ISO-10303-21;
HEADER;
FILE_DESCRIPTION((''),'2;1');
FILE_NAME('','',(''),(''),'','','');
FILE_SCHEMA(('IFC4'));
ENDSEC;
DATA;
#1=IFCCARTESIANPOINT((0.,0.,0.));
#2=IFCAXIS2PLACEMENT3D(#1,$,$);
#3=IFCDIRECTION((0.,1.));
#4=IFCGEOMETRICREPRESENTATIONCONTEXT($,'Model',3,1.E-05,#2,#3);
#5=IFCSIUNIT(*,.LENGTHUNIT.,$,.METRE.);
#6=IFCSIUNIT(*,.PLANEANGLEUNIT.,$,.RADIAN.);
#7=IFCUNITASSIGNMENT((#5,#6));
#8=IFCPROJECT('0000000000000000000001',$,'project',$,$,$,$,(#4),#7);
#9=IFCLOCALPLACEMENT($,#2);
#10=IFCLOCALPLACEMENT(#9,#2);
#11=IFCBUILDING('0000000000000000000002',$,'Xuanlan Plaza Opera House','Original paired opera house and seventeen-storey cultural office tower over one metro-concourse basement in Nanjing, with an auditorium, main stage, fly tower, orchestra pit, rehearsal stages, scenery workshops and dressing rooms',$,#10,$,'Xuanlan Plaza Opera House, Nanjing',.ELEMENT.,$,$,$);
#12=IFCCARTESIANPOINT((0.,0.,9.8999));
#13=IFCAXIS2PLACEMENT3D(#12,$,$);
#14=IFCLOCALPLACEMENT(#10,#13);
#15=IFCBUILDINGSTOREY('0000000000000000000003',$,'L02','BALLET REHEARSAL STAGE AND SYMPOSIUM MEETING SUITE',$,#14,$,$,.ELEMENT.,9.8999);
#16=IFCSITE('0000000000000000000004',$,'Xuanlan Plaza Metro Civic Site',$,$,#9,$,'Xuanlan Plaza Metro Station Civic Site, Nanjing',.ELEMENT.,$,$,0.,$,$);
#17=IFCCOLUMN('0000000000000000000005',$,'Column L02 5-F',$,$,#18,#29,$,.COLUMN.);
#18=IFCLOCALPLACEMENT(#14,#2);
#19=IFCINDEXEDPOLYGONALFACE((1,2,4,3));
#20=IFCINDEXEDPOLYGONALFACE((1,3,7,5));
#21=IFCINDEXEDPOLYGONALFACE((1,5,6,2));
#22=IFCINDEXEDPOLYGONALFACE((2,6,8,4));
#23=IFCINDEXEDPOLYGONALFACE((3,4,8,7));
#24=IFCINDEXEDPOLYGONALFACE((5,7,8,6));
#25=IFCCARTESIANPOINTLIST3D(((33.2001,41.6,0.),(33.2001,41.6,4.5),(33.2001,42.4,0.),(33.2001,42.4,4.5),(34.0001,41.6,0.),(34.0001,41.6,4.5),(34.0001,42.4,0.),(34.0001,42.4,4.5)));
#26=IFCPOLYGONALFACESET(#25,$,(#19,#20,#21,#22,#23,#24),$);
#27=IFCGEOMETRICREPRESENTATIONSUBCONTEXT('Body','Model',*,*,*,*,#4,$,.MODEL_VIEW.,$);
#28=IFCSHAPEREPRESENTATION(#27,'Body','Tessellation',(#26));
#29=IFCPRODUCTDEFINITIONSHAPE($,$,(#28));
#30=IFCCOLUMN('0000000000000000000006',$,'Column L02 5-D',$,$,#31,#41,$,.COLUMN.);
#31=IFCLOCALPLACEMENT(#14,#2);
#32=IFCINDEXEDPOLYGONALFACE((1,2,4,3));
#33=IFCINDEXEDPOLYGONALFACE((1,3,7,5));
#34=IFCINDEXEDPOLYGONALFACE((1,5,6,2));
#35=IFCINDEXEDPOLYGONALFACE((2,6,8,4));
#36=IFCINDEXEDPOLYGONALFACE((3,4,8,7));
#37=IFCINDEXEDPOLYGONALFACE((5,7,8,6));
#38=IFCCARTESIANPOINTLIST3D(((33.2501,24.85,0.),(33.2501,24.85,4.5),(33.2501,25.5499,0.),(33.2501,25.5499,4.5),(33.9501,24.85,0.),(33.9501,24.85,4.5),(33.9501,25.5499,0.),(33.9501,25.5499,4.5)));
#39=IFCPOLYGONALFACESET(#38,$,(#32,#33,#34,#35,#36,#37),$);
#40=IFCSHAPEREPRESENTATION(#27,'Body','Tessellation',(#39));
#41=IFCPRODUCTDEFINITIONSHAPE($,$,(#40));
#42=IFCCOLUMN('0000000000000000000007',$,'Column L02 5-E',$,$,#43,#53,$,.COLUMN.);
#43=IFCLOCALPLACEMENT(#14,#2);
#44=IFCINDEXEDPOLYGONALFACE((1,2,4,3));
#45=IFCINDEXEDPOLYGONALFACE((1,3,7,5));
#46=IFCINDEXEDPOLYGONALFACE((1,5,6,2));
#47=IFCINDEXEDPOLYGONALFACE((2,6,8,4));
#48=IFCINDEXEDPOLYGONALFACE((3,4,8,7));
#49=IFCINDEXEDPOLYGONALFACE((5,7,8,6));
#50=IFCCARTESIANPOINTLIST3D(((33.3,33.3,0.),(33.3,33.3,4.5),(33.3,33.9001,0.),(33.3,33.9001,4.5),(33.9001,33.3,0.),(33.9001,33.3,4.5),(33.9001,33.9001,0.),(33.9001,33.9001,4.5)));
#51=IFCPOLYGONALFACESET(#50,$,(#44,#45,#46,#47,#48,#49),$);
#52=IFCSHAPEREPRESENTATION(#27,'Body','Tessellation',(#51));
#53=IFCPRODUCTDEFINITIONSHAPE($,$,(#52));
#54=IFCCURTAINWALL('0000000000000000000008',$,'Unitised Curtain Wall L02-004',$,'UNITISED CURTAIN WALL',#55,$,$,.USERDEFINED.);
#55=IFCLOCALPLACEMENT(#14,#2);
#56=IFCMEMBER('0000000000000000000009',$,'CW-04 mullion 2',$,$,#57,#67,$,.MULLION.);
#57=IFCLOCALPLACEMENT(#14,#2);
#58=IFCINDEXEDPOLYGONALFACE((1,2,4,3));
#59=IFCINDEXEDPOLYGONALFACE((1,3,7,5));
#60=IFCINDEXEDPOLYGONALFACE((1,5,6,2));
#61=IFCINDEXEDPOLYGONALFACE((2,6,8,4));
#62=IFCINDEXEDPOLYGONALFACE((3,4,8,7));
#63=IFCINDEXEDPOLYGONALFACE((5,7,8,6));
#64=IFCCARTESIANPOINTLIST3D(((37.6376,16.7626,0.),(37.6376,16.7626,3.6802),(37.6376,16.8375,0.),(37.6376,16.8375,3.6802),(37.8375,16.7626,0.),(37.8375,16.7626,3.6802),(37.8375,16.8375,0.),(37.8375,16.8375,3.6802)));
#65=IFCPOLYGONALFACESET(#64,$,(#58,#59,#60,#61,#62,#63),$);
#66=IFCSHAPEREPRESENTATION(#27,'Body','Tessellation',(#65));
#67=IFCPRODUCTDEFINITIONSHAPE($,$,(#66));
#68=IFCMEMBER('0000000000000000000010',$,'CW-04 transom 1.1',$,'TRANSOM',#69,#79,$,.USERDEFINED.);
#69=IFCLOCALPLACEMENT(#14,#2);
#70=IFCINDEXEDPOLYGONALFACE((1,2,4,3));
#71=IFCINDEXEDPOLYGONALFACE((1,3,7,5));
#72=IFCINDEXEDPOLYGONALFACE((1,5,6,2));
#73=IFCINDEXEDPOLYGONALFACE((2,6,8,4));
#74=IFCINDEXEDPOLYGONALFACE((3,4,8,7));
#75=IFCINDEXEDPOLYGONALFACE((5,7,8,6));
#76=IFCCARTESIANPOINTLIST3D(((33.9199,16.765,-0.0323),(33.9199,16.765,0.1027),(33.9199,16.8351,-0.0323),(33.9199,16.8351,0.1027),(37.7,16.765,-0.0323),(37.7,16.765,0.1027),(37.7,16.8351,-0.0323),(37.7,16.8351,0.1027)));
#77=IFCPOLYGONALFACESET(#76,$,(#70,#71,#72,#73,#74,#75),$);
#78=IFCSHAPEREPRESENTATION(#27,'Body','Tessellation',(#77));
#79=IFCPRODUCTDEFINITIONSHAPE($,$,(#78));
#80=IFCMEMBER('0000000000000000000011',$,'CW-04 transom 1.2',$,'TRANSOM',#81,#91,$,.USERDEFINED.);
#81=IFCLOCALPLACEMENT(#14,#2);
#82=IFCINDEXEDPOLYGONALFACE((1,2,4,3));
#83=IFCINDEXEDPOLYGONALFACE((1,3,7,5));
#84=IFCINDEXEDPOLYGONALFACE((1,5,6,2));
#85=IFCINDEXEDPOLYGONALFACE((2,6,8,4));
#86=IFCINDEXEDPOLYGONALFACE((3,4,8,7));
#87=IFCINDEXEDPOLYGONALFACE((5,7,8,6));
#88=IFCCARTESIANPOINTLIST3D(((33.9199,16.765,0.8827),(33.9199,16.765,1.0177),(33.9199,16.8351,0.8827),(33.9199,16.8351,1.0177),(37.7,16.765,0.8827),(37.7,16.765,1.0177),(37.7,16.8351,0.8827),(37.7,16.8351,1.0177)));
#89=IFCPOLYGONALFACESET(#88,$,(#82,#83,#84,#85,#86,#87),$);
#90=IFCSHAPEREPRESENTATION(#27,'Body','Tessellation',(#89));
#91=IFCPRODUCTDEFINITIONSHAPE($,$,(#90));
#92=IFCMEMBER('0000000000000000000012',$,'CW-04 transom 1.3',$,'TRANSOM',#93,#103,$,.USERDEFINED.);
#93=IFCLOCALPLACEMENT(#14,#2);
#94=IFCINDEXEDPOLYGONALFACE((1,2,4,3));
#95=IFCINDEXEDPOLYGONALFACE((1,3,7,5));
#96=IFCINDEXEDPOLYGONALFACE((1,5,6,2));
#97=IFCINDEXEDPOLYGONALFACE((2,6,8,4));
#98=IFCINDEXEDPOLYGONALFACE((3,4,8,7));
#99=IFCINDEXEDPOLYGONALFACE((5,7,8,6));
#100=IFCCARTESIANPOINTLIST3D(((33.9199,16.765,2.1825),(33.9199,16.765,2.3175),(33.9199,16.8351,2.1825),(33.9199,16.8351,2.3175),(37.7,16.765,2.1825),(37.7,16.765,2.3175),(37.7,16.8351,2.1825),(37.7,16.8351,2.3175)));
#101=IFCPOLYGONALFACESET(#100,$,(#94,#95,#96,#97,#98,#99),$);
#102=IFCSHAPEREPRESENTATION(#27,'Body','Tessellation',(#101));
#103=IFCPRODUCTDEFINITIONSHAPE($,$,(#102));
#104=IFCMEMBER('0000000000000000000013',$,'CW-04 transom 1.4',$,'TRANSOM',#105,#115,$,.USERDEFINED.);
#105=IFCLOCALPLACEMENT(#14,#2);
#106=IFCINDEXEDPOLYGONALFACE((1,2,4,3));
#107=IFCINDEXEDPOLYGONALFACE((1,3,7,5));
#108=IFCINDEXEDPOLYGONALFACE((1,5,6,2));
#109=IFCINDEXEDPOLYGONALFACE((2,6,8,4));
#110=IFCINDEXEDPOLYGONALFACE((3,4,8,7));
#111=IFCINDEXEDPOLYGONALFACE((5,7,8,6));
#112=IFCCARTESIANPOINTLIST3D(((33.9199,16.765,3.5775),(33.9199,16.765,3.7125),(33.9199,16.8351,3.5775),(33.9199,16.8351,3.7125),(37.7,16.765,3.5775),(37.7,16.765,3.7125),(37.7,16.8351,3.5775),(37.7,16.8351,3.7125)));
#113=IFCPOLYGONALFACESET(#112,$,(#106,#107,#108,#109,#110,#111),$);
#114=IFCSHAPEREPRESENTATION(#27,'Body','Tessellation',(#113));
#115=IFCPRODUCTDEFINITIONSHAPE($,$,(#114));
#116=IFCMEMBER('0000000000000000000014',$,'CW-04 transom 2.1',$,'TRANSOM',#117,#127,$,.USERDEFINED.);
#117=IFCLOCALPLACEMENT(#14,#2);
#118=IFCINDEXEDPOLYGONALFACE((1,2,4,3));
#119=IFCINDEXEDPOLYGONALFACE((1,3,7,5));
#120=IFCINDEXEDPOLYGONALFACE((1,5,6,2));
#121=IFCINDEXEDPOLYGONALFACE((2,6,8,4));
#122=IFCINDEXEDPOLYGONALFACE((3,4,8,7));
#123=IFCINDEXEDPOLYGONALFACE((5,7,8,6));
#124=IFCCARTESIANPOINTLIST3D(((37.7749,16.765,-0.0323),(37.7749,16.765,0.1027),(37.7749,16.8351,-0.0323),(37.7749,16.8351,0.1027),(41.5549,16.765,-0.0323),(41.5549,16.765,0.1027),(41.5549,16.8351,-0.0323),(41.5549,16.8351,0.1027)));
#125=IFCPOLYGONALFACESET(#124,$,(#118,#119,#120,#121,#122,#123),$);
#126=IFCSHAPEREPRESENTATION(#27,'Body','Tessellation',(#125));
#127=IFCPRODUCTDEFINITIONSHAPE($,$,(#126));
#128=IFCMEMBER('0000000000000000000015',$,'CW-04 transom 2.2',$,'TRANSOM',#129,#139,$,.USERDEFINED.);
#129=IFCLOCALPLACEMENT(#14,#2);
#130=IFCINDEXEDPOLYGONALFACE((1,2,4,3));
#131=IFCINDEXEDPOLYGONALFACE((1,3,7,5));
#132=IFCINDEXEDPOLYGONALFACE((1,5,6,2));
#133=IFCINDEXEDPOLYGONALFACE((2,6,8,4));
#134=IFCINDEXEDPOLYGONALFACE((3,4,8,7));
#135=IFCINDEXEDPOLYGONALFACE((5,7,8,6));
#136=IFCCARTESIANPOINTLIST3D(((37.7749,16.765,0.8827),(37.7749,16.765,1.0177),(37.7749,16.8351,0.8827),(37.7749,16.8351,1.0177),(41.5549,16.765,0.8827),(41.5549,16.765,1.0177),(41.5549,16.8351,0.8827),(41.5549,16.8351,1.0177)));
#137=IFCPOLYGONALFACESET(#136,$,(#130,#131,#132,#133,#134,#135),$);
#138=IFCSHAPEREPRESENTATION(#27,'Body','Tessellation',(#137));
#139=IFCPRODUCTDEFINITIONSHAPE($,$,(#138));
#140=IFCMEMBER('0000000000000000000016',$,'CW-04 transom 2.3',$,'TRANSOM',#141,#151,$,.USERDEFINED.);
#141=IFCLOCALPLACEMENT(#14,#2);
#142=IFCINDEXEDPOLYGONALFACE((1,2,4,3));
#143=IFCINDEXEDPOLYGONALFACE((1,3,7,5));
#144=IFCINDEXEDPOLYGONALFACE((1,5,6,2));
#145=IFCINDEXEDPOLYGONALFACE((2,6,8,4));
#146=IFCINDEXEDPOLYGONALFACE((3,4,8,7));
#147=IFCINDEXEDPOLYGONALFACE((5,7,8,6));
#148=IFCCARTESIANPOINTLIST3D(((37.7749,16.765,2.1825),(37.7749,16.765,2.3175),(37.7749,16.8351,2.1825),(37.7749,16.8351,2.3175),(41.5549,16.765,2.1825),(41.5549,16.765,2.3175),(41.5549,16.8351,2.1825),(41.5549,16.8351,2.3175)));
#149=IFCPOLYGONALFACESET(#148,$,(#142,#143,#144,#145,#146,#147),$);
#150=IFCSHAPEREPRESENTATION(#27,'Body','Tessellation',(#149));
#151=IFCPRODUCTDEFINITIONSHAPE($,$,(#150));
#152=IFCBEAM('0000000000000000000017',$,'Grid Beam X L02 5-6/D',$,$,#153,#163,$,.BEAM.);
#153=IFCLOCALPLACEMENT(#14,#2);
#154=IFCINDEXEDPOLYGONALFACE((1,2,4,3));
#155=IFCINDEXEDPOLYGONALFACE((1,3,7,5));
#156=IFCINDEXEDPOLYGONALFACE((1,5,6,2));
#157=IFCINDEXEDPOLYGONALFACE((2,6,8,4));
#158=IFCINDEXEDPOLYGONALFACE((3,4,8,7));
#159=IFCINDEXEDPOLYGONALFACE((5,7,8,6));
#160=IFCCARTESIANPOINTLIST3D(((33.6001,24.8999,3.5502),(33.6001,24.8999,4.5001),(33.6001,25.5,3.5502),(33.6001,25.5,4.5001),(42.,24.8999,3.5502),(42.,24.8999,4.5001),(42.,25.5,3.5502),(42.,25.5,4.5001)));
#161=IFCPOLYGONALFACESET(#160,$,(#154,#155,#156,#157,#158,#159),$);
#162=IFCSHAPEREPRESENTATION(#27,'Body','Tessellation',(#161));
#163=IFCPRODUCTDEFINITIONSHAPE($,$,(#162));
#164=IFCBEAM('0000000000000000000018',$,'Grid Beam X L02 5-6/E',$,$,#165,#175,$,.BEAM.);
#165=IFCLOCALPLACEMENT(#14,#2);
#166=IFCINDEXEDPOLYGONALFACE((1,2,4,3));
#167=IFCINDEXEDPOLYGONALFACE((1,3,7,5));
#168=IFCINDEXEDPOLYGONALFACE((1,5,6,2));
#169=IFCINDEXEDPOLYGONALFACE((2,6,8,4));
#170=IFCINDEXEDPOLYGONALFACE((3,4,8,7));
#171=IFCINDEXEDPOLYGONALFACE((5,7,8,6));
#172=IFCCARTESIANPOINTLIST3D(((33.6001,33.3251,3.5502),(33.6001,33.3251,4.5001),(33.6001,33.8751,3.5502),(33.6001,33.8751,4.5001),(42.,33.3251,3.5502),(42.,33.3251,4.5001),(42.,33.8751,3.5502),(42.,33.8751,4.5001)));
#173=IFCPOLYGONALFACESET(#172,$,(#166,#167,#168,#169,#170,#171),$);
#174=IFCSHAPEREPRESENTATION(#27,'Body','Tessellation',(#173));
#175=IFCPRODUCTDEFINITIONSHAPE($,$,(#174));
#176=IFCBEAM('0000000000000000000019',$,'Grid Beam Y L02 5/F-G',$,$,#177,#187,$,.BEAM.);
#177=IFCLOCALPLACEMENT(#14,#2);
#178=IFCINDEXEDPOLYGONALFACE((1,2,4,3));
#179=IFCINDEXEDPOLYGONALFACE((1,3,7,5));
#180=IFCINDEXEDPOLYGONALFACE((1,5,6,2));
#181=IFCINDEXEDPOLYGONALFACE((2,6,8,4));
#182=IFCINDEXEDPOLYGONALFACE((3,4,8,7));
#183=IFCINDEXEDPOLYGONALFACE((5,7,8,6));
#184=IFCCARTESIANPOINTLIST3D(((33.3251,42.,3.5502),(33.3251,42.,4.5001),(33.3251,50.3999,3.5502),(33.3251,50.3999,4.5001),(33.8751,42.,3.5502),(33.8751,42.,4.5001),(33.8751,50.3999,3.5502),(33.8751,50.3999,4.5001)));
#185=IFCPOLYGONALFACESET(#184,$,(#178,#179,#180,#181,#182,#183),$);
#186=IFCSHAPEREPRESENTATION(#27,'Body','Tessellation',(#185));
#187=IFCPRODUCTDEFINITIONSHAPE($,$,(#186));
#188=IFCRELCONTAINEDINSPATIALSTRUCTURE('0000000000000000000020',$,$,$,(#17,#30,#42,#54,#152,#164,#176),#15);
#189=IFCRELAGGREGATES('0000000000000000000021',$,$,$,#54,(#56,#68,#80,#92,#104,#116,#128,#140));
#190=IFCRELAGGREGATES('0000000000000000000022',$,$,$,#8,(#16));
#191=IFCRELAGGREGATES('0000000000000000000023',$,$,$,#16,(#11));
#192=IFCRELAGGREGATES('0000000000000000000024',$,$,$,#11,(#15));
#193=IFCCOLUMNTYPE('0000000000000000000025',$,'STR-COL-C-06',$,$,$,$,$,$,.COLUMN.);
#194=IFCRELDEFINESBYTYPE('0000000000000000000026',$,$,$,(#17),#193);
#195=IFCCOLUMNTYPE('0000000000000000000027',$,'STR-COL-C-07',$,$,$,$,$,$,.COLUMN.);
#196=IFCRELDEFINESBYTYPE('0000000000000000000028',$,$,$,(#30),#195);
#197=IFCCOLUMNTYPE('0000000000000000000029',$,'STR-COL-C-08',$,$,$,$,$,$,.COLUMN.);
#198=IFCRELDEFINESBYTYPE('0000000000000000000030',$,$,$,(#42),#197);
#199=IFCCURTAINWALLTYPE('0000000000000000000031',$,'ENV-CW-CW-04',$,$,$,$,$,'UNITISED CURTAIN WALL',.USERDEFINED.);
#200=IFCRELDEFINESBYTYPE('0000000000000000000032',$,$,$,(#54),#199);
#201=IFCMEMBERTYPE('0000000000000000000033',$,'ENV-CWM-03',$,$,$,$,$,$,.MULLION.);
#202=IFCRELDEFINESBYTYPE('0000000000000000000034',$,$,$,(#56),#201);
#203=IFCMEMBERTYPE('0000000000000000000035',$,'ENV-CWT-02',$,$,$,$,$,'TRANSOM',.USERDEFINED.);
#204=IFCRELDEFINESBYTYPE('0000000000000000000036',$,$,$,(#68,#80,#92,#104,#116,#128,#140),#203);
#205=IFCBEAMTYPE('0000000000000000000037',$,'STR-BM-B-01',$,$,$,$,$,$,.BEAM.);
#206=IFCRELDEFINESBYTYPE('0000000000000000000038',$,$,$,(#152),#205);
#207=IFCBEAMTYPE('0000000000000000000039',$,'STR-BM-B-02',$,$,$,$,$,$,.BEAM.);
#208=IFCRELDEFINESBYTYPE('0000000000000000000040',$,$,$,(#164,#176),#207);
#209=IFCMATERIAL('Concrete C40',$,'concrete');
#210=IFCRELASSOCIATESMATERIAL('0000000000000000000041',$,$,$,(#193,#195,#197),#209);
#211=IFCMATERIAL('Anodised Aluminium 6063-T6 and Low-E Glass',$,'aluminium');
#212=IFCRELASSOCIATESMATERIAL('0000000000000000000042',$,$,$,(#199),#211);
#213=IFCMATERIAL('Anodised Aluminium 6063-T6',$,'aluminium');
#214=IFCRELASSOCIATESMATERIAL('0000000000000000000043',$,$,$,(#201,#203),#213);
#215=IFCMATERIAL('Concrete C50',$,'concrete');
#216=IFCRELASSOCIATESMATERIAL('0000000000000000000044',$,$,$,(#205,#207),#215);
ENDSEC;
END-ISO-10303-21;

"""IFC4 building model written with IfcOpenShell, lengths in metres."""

from ifc_helpers import new_model, si_unit, direction, frame, origin, origin_2d, place, context, subcontext, project, spatial, rectangle, extrude, material, material_profile, profile_set, type_object, element, aggregate, save


model = new_model("IFC4")

# Units and contexts
model_context = context("Model", 3, precision=1e-05, world=origin(), true_north=direction((0.0, 1.0)))
body_context = subcontext(model_context, "Body", "Model", "MODEL_VIEW")
ifc_project = project(units=[si_unit("LENGTHUNIT", "METRE"), si_unit("PLANEANGLEUNIT", "RADIAN")], contexts=[model_context])

# Site, building, storey
site_placement = place(None, origin())
site = spatial("IfcSite", under=ifc_project, at=site_placement, Name="Xuanlan Plaza Metro Civic Site", LongName="Xuanlan Plaza Metro Station Civic Site, Nanjing", CompositionType="ELEMENT", RefElevation=0.0)
building_placement = place(site_placement, origin())
building = spatial("IfcBuilding", under=site, at=building_placement, Name="Xuanlan Plaza Opera House", Description="Original paired opera house and seventeen-storey cultural office tower over one metro-concourse basement in Nanjing, with an auditorium, main stage, fly tower, orchestra pit, rehearsal stages, scenery workshops and dressing rooms", LongName="Xuanlan Plaza Opera House, Nanjing", CompositionType="ELEMENT")
storey_placement = place(building_placement, frame((0.0, 0.0, 9.8999)))
storey = spatial("IfcBuildingStorey", under=building, at=storey_placement, Name="L02", Description="BALLET REHEARSAL STAGE AND SYMPOSIUM MEETING SUITE", CompositionType="ELEMENT", Elevation=9.8999)

# Columns
ifc_material_1 = material(Name="Concrete C40", Category="concrete")
ifc_material_profile_1 = material_profile(ifc_material_1, rectangle(XDim=0.8, YDim=0.8, at=origin_2d()), Name="RC-COL 800x800")
ifc_profile_set_1 = profile_set([ifc_material_profile_1], Name="Concrete C40")
column_type_1 = type_object("IfcColumnType", Name="STR-COL-C-06", PredefinedType="COLUMN", material=ifc_profile_set_1)
column_1_placement = place(storey_placement, frame((33.6001, 42.0, 0.0), z_axis=(0.0, 0.0, 1.0), x_axis=(1.0, 0.0, 0.0)))
element("IfcColumn", 1, at=column_1_placement, inside=storey, type_object=column_type_1, Name="Column L02 5-F", PredefinedType="COLUMN", context=body_context, shape_type="SweptSolid", body=[
    extrude(rectangle(XDim=0.8, YDim=0.8, at=origin_2d()), origin(), (0.0, 0.0, 1.0), 4.5),
])
ifc_material_profile_2 = material_profile(ifc_material_1, rectangle(XDim=0.7, YDim=0.7, at=origin_2d()), Name="RC-COL 700x700")
ifc_profile_set_2 = profile_set([ifc_material_profile_2], Name="Concrete C40")
column_type_2 = type_object("IfcColumnType", Name="STR-COL-C-07", PredefinedType="COLUMN", material=ifc_profile_set_2)
column_2_placement = place(storey_placement, frame((33.6001, 25.2, 0.0), z_axis=(0.0, 0.0, 1.0), x_axis=(1.0, 0.0, 0.0)))
element("IfcColumn", 2, at=column_2_placement, inside=storey, type_object=column_type_2, Name="Column L02 5-D", PredefinedType="COLUMN", context=body_context, shape_type="SweptSolid", body=[
    extrude(rectangle(XDim=0.7, YDim=0.7, at=origin_2d()), origin(), (0.0, 0.0, 1.0), 4.5),
])
ifc_material_profile_3 = material_profile(ifc_material_1, rectangle(XDim=0.6001, YDim=0.6001, at=origin_2d()), Name="RC-COL 600x600")
ifc_profile_set_3 = profile_set([ifc_material_profile_3], Name="Concrete C40")
column_type_3 = type_object("IfcColumnType", Name="STR-COL-C-08", PredefinedType="COLUMN", material=ifc_profile_set_3)
column_3_placement = place(storey_placement, frame((33.6001, 33.6001, 0.0), z_axis=(0.0, 0.0, 1.0), x_axis=(1.0, 0.0, 0.0)))
element("IfcColumn", 3, at=column_3_placement, inside=storey, type_object=column_type_3, Name="Column L02 5-E", PredefinedType="COLUMN", context=body_context, shape_type="SweptSolid", body=[
    extrude(rectangle(XDim=0.6001, YDim=0.6001, at=origin_2d()), origin(), (0.0, 0.0, 1.0), 4.5),
])

# Curtain wall, members
ifc_material_2 = material(Name="Anodised Aluminium 6063-T6 and Low-E Glass", Category="aluminium")
curtain_wall_type = type_object("IfcCurtainWallType", Name="ENV-CW-CW-04", ElementType="UNITISED CURTAIN WALL", PredefinedType="USERDEFINED", material=ifc_material_2)
curtain_wall_placement = place(storey_placement, origin())
curtain_wall = element("IfcCurtainWall", 4, at=curtain_wall_placement, inside=storey, type_object=curtain_wall_type, Name="Unitised Curtain Wall L02-004", ObjectType="UNITISED CURTAIN WALL", PredefinedType="USERDEFINED")
ifc_material_3 = material(Name="Anodised Aluminium 6063-T6", Category="aluminium")
ifc_material_profile_4 = material_profile(ifc_material_3, rectangle(XDim=0.075, YDim=0.2, at=origin_2d()), Name="ALU-M 75x200")
ifc_profile_set_4 = profile_set([ifc_material_profile_4], Name="Anodised Aluminium 6063-T6")
member_type_1 = type_object("IfcMemberType", Name="ENV-CWM-03", PredefinedType="MULLION", material=ifc_profile_set_4)
member_1_placement = place(storey_placement, frame((37.7375, 16.8, 0.0), z_axis=(0.0, 0.0, 1.0), x_axis=(0.0, 1.0, 0.0)))
member_1 = element("IfcMember", 5, at=member_1_placement, type_object=member_type_1, Name="CW-04 mullion 2", PredefinedType="MULLION", context=body_context, shape_type="SweptSolid", body=[
    extrude(rectangle(XDim=0.075, YDim=0.2, at=origin_2d()), origin(), (0.0, 0.0, 1.0), 3.6802),
])
ifc_material_profile_5 = material_profile(ifc_material_3, rectangle(XDim=0.0701, YDim=0.135, at=origin_2d()), Name="ALU-T 70x135")
ifc_profile_set_5 = profile_set([ifc_material_profile_5], Name="Anodised Aluminium 6063-T6")
member_type_2 = type_object("IfcMemberType", Name="ENV-CWT-02", ElementType="TRANSOM", PredefinedType="USERDEFINED", material=ifc_profile_set_5)
member_2_placement = place(storey_placement, frame((33.9199, 16.8, 0.0352), z_axis=(1.0, 0.0, 0.0), x_axis=(0.0, 1.0, 0.0)))
member_2 = element("IfcMember", 6, at=member_2_placement, type_object=member_type_2, Name="CW-04 transom 1.1", ObjectType="TRANSOM", PredefinedType="USERDEFINED", context=body_context, shape_type="SweptSolid", body=[
    extrude(rectangle(XDim=0.0701, YDim=0.135, at=origin_2d()), origin(), (0.0, 0.0, 1.0), 3.78),
])
member_3_placement = place(storey_placement, frame((33.9199, 16.8, 0.9502), z_axis=(1.0, 0.0, 0.0), x_axis=(0.0, 1.0, 0.0)))
member_3 = element("IfcMember", 7, at=member_3_placement, type_object=member_type_2, Name="CW-04 transom 1.2", ObjectType="TRANSOM", PredefinedType="USERDEFINED", context=body_context, shape_type="SweptSolid", body=[
    extrude(rectangle(XDim=0.0701, YDim=0.135, at=origin_2d()), origin(), (0.0, 0.0, 1.0), 3.78),
])
member_4_placement = place(storey_placement, frame((33.9199, 16.8, 2.25), z_axis=(1.0, 0.0, 0.0), x_axis=(0.0, 1.0, 0.0)))
member_4 = element("IfcMember", 8, at=member_4_placement, type_object=member_type_2, Name="CW-04 transom 1.3", ObjectType="TRANSOM", PredefinedType="USERDEFINED", context=body_context, shape_type="SweptSolid", body=[
    extrude(rectangle(XDim=0.0701, YDim=0.135, at=origin_2d()), origin(), (0.0, 0.0, 1.0), 3.78),
])
member_5_placement = place(storey_placement, frame((33.9199, 16.8, 3.645), z_axis=(1.0, 0.0, 0.0), x_axis=(0.0, 1.0, 0.0)))
member_5 = element("IfcMember", 9, at=member_5_placement, type_object=member_type_2, Name="CW-04 transom 1.4", ObjectType="TRANSOM", PredefinedType="USERDEFINED", context=body_context, shape_type="SweptSolid", body=[
    extrude(rectangle(XDim=0.0701, YDim=0.135, at=origin_2d()), origin(), (0.0, 0.0, 1.0), 3.78),
])
member_6_placement = place(storey_placement, frame((37.7749, 16.8, 0.0352), z_axis=(1.0, 0.0, 0.0), x_axis=(0.0, 1.0, 0.0)))
member_6 = element("IfcMember", 10, at=member_6_placement, type_object=member_type_2, Name="CW-04 transom 2.1", ObjectType="TRANSOM", PredefinedType="USERDEFINED", context=body_context, shape_type="SweptSolid", body=[
    extrude(rectangle(XDim=0.0701, YDim=0.135, at=origin_2d()), origin(), (0.0, 0.0, 1.0), 3.78),
])
member_7_placement = place(storey_placement, frame((37.7749, 16.8, 0.9502), z_axis=(1.0, 0.0, 0.0), x_axis=(0.0, 1.0, 0.0)))
member_7 = element("IfcMember", 11, at=member_7_placement, type_object=member_type_2, Name="CW-04 transom 2.2", ObjectType="TRANSOM", PredefinedType="USERDEFINED", context=body_context, shape_type="SweptSolid", body=[
    extrude(rectangle(XDim=0.0701, YDim=0.135, at=origin_2d()), origin(), (0.0, 0.0, 1.0), 3.78),
])
member_8_placement = place(storey_placement, frame((37.7749, 16.8, 2.25), z_axis=(1.0, 0.0, 0.0), x_axis=(0.0, 1.0, 0.0)))
member_8 = element("IfcMember", 12, at=member_8_placement, type_object=member_type_2, Name="CW-04 transom 2.3", ObjectType="TRANSOM", PredefinedType="USERDEFINED", context=body_context, shape_type="SweptSolid", body=[
    extrude(rectangle(XDim=0.0701, YDim=0.135, at=origin_2d()), origin(), (0.0, 0.0, 1.0), 3.78),
])

# Beams
ifc_material_4 = material(Name="Concrete C50", Category="concrete")
ifc_material_profile_6 = material_profile(ifc_material_4, rectangle(XDim=0.6001, YDim=0.95, at=origin_2d()), Name="RC-BM 600x950")
ifc_profile_set_6 = profile_set([ifc_material_profile_6], Name="Concrete C50")
beam_type_1 = type_object("IfcBeamType", Name="STR-BM-B-01", PredefinedType="BEAM", material=ifc_profile_set_6)
beam_1_placement = place(storey_placement, frame((33.6001, 25.2, 4.0251), z_axis=(1.0, 0.0, 0.0), x_axis=(0.0, 1.0, 0.0)))
element("IfcBeam", 13, at=beam_1_placement, inside=storey, type_object=beam_type_1, Name="Grid Beam X L02 5-6/D", PredefinedType="BEAM", context=body_context, shape_type="SweptSolid", body=[
    extrude(rectangle(XDim=0.6001, YDim=0.95, at=origin_2d()), origin(), (0.0, 0.0, 1.0), 8.3999),
])
ifc_material_profile_7 = material_profile(ifc_material_4, rectangle(XDim=0.55, YDim=0.95, at=origin_2d()), Name="RC-BM 550x950")
ifc_profile_set_7 = profile_set([ifc_material_profile_7], Name="Concrete C50")
beam_type_2 = type_object("IfcBeamType", Name="STR-BM-B-02", PredefinedType="BEAM", material=ifc_profile_set_7)
for number, where, z_axis, x_axis, name in (
    (14, (33.6001, 33.6001, 4.0251), (1.0, 0.0, 0.0), (0.0, 1.0, 0.0), "Grid Beam X L02 5-6/E"),
    (15, (33.6001, 42.0, 4.0251), (0.0, 1.0, 0.0), (-1.0, 0.0, 0.0), "Grid Beam Y L02 5/F-G"),
):
    element("IfcBeam", number, at=place(storey_placement, frame(where, z_axis=z_axis, x_axis=x_axis)), inside=storey, type_object=beam_type_2, Name=name, PredefinedType="BEAM", context=body_context, shape_type="SweptSolid", body=[
        extrude(rectangle(XDim=0.55, YDim=0.95, at=origin_2d()), origin(), (0.0, 0.0, 1.0), 8.3999),
    ])

aggregate(curtain_wall, [member_1, member_2, member_3, member_4, member_5, member_6, member_7, member_8])

save(model, "model.ifc")
